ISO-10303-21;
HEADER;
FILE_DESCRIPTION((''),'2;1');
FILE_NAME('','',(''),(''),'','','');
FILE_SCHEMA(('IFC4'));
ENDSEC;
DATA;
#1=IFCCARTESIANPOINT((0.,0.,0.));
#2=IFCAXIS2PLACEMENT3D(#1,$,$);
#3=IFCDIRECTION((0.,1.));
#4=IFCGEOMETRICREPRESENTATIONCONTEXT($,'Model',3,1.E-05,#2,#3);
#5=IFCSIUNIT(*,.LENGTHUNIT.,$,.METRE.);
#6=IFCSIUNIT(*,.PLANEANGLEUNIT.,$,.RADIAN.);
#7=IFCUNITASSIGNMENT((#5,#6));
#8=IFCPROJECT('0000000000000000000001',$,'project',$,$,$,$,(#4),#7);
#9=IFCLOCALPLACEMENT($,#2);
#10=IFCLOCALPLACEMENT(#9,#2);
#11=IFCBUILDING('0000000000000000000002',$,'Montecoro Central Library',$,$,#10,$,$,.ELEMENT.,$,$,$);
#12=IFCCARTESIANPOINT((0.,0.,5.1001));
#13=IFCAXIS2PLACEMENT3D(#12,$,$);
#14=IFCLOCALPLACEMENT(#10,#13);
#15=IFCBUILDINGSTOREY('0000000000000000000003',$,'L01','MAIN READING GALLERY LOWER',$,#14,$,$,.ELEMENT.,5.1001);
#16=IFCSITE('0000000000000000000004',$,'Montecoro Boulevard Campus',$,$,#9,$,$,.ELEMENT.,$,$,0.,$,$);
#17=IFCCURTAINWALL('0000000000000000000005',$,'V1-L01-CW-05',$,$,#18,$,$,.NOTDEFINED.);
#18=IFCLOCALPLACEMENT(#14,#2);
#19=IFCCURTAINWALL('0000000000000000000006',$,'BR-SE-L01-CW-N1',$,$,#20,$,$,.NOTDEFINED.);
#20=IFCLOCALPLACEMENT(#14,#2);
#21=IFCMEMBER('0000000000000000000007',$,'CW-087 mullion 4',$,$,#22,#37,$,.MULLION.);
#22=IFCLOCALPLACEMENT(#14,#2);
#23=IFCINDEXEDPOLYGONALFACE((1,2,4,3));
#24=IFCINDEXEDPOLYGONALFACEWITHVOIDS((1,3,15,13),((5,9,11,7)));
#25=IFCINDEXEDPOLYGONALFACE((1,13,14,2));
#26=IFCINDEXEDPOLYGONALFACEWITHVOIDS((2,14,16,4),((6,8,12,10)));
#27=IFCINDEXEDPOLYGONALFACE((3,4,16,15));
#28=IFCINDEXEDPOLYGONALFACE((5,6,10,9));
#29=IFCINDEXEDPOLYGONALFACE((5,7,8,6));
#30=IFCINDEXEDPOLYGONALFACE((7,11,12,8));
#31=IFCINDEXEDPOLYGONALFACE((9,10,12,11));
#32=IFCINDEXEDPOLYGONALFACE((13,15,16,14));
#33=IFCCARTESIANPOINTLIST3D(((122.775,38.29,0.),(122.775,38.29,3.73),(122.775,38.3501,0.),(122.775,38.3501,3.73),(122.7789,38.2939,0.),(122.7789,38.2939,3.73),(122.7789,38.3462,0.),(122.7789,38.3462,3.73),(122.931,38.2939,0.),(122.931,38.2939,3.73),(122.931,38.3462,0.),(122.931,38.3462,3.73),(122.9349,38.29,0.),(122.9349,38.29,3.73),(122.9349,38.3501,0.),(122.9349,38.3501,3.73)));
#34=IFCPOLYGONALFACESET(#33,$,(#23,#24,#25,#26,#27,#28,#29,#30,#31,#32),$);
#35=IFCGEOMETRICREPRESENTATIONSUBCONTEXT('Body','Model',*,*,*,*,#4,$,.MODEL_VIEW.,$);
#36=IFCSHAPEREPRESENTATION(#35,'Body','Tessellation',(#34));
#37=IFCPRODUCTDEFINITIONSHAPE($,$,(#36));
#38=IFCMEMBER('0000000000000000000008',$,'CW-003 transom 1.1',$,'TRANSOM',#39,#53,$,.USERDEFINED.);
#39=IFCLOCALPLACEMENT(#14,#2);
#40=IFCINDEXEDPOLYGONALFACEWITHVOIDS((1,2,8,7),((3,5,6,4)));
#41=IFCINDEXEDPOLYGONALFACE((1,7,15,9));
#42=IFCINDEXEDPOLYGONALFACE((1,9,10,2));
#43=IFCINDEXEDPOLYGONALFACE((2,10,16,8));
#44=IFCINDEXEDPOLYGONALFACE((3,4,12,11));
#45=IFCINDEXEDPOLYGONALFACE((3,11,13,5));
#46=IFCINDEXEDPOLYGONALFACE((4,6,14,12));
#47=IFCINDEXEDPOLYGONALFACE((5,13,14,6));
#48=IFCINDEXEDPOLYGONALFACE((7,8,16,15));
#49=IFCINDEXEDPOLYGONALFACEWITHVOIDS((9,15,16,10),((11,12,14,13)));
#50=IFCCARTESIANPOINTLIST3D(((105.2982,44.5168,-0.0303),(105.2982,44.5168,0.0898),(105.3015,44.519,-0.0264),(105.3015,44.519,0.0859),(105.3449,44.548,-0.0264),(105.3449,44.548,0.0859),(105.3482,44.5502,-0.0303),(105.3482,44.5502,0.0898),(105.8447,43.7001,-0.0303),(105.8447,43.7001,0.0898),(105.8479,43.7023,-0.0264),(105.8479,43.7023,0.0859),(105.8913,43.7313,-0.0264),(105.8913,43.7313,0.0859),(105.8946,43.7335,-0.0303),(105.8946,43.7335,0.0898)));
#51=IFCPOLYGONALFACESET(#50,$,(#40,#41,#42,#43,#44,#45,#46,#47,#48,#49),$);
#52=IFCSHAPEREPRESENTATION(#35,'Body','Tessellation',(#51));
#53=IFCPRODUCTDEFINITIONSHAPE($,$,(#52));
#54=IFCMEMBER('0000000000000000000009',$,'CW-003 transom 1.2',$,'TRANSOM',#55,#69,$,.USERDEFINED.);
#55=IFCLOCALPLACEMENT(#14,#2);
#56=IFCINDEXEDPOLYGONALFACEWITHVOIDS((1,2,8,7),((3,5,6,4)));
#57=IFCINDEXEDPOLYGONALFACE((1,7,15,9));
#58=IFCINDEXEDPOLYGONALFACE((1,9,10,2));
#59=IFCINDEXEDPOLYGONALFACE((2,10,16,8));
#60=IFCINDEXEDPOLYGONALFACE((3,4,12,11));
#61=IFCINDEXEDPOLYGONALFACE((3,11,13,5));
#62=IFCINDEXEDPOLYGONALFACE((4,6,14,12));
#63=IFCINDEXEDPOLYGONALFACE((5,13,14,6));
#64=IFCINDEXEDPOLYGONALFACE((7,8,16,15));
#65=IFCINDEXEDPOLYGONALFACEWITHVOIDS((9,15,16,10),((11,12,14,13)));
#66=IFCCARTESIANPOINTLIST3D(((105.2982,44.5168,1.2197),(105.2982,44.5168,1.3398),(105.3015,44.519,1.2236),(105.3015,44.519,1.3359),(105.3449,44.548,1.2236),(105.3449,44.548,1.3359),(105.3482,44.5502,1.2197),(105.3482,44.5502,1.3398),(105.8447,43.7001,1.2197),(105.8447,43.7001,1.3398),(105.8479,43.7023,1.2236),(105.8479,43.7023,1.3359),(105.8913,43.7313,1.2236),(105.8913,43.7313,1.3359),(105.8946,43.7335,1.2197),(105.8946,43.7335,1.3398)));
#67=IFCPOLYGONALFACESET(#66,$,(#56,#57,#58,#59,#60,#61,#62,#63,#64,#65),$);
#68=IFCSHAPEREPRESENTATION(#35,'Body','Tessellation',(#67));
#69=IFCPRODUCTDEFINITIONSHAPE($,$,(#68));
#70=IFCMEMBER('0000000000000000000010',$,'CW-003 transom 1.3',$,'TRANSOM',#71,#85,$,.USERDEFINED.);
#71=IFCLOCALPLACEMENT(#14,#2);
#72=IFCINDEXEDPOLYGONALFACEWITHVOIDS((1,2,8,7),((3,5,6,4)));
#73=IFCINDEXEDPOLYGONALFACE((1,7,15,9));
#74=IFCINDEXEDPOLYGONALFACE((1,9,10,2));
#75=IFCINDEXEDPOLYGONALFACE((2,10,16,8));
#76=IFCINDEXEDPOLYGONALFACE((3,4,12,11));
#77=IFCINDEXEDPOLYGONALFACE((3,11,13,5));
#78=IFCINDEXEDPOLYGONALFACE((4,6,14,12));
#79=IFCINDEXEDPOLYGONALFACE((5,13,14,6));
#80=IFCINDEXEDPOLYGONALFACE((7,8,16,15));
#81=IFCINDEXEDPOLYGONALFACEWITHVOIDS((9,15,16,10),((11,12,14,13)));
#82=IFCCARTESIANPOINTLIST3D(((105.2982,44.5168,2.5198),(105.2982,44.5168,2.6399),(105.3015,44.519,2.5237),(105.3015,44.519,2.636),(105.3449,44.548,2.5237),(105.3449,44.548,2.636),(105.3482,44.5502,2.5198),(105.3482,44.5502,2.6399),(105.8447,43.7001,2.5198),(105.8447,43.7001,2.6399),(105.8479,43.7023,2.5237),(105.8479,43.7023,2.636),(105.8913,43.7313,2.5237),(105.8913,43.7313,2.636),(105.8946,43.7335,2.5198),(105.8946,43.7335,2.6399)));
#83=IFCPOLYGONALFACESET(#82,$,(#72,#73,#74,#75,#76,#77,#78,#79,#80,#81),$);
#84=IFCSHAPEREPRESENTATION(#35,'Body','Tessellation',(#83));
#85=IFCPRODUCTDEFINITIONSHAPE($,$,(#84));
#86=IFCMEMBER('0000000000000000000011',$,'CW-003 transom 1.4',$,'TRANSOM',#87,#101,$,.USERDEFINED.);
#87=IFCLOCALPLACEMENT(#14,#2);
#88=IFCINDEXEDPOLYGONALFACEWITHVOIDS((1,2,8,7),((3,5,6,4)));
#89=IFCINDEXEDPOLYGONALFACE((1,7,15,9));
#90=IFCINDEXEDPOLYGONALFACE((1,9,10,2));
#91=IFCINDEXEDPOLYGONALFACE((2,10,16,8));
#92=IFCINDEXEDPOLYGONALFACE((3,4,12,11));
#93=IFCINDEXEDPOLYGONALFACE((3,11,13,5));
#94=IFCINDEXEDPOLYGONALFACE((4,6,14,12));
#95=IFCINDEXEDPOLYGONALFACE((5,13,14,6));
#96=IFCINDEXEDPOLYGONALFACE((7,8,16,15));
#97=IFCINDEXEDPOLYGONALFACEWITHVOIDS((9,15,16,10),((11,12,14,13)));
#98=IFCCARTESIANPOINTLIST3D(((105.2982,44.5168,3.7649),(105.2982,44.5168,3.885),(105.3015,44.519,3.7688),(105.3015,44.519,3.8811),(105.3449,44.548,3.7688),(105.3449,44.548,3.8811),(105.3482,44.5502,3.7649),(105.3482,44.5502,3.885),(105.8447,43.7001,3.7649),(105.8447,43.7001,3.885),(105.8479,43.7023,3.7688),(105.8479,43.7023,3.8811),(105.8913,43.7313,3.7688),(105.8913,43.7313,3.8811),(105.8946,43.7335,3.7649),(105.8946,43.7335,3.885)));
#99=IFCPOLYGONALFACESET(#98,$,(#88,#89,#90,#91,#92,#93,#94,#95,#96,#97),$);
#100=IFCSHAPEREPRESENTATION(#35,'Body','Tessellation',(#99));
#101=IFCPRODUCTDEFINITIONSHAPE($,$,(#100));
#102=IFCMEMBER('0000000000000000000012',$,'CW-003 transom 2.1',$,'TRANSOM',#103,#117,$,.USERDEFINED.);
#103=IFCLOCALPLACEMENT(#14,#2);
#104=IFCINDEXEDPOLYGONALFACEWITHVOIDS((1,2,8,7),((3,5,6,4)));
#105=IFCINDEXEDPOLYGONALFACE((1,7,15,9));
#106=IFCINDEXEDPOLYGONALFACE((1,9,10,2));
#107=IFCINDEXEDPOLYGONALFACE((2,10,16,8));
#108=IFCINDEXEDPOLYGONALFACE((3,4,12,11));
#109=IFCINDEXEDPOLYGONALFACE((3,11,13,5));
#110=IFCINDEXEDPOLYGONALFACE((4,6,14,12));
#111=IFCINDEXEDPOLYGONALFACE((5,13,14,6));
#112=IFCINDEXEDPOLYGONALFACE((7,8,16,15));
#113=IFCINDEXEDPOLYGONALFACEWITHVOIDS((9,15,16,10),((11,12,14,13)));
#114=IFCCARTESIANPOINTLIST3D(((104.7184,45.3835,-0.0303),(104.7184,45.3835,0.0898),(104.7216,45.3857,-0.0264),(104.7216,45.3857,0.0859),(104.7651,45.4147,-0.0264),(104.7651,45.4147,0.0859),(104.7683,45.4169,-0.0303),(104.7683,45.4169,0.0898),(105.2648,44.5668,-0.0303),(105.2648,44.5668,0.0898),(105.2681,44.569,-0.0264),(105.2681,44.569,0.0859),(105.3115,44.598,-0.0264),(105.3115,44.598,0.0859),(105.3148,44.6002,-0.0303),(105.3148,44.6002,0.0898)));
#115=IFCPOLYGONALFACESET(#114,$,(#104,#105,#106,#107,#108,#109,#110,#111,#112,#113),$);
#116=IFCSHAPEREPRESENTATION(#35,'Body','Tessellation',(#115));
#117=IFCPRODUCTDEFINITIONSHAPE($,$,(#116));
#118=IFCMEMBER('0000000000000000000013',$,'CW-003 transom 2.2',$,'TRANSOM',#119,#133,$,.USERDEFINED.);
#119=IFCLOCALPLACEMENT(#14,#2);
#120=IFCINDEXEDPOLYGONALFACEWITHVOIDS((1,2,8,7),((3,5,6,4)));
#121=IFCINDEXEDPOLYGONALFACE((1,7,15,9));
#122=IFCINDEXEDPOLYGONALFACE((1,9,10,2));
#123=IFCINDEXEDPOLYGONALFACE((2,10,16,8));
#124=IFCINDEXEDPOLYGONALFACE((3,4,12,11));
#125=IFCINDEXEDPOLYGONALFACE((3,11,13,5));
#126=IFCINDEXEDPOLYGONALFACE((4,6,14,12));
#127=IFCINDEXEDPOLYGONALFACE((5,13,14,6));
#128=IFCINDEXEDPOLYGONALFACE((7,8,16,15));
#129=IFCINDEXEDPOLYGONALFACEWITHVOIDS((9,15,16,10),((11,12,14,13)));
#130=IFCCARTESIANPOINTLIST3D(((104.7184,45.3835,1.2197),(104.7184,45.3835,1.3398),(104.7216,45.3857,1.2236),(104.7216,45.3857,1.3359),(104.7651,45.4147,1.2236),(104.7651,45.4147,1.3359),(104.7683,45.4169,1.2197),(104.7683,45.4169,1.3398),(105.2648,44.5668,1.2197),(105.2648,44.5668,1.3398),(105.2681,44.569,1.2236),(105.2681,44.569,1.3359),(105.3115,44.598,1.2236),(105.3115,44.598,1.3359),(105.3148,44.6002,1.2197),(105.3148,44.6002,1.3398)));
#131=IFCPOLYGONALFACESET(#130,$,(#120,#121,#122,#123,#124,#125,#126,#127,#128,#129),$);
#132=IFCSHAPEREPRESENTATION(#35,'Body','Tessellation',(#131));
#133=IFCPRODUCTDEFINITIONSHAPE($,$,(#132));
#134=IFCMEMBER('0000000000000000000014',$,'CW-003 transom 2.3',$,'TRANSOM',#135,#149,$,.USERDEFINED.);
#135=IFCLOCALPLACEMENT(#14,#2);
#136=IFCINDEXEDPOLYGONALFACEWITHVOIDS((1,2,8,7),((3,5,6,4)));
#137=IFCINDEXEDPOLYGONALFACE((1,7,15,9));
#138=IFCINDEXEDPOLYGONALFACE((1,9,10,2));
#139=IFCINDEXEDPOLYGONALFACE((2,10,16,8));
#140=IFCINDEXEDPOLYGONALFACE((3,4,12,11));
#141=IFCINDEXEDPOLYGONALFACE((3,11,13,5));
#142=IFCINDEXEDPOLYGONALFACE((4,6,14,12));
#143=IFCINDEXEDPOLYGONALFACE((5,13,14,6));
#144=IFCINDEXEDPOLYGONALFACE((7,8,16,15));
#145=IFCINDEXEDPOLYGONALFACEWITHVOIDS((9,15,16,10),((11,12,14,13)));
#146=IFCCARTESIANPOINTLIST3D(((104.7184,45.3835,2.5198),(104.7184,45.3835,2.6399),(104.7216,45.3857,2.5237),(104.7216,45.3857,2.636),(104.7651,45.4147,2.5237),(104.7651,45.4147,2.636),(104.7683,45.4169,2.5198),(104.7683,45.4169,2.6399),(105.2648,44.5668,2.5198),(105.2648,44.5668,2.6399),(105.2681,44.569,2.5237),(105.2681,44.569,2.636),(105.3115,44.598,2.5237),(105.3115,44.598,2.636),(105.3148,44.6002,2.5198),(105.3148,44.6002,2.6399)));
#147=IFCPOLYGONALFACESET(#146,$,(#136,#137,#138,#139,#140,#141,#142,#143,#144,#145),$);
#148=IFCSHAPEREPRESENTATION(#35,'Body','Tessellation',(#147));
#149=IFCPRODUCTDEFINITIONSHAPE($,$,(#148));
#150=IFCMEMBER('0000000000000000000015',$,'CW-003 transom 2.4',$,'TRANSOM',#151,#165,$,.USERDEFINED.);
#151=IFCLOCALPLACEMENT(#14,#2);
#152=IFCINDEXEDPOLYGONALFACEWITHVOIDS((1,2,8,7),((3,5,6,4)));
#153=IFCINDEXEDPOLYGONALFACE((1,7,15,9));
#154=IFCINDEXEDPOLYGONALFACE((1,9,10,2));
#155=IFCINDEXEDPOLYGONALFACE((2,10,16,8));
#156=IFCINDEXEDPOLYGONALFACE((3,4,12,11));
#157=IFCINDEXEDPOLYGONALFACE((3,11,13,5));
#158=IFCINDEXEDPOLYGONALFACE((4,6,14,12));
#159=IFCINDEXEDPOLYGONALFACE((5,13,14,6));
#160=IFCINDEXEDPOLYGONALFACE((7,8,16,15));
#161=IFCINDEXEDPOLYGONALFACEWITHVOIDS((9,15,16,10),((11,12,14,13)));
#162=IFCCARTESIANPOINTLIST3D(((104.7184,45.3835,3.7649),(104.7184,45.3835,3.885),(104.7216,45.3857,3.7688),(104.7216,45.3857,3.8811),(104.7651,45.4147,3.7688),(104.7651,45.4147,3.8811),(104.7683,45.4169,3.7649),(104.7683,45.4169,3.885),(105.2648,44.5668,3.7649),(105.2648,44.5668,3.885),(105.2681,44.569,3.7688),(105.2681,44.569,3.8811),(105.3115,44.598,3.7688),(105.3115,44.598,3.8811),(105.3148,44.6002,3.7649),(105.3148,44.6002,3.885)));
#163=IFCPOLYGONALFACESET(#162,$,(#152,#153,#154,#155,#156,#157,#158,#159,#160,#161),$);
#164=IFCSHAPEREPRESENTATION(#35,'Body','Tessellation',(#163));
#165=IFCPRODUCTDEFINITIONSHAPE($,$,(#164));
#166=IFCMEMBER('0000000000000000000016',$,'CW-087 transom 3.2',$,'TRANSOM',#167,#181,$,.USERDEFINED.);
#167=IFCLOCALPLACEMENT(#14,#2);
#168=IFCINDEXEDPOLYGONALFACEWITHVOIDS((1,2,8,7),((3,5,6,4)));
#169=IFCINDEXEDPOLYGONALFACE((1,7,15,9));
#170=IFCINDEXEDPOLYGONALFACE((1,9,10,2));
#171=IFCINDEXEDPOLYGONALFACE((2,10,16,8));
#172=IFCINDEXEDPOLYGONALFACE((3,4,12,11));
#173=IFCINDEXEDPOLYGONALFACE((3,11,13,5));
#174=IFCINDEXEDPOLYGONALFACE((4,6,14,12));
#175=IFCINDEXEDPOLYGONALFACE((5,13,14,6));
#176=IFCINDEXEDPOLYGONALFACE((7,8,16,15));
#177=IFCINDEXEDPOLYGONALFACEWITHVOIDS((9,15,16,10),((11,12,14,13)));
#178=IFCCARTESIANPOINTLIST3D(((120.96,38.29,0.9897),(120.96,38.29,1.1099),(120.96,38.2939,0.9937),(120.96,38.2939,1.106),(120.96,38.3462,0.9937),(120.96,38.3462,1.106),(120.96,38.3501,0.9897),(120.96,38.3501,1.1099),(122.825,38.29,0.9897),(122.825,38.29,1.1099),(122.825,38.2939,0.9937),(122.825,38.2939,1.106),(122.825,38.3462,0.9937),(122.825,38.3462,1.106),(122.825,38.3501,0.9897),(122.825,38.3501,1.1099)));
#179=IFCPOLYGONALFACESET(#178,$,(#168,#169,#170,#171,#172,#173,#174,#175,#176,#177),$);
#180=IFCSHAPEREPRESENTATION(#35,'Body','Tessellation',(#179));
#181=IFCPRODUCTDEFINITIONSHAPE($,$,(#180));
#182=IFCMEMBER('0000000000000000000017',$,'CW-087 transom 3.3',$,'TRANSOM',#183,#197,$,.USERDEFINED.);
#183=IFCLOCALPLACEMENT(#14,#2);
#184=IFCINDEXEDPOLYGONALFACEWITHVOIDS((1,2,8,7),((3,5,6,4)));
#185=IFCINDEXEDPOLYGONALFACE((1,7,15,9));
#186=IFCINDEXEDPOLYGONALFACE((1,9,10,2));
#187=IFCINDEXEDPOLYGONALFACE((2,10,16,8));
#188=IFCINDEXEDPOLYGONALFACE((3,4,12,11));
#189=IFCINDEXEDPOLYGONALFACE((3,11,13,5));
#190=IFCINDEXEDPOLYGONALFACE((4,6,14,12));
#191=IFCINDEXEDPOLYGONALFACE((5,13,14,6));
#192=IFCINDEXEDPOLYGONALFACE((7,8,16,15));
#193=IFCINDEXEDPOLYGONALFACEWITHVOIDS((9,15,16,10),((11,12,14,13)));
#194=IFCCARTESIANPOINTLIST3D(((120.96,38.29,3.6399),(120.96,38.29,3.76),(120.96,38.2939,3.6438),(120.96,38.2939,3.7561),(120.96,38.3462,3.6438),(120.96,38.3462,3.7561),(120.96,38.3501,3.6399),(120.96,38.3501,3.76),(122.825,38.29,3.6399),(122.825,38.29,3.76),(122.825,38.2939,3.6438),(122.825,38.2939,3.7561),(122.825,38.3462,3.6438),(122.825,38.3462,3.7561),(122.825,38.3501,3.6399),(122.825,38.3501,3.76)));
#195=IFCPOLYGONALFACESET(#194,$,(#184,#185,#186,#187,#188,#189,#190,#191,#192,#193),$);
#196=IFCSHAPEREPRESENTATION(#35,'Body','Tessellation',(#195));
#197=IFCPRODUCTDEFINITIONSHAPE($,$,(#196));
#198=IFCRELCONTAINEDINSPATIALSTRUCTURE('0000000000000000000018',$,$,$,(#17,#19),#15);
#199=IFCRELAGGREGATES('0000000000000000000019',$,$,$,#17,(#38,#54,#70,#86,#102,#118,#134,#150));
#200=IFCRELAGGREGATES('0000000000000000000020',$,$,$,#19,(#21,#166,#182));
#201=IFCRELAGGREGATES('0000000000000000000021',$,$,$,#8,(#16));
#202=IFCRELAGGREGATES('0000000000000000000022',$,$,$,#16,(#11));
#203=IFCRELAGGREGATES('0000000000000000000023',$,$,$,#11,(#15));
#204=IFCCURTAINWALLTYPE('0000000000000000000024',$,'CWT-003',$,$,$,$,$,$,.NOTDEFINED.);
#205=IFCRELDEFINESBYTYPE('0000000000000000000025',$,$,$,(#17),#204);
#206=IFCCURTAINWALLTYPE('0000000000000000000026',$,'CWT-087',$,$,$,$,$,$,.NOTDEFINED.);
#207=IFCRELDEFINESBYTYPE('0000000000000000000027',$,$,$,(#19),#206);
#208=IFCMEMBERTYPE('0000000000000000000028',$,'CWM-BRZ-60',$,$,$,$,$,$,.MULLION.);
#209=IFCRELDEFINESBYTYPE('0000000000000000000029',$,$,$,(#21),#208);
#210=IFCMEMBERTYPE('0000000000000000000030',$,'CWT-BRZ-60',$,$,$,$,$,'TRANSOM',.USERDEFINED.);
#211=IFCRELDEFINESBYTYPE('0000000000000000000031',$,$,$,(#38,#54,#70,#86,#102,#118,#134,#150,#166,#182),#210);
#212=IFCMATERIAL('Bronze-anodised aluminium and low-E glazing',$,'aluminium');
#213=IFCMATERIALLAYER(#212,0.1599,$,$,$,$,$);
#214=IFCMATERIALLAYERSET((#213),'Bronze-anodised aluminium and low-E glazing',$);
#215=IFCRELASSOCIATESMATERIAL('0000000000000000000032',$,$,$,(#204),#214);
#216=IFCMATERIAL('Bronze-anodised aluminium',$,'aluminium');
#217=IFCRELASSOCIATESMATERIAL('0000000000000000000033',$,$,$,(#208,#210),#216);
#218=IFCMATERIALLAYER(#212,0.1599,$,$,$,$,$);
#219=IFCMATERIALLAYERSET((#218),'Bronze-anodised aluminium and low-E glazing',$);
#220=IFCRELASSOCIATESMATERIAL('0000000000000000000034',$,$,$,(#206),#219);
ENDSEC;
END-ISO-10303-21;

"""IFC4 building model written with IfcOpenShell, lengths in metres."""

from ifc_helpers import new_model, si_unit, direction, frame, origin, origin_2d, place, context, subcontext, project, spatial, hollow_rectangle, extrude, material, layer, layer_set, material_profile, profile_set, type_object, element, aggregate, save


model = new_model("IFC4")

# Units and contexts
model_context = context("Model", 3, precision=1e-05, world=origin(), true_north=direction((0.0, 1.0)))
body_context = subcontext(model_context, "Body", "Model", "MODEL_VIEW")
ifc_project = project(units=[si_unit("LENGTHUNIT", "METRE"), si_unit("PLANEANGLEUNIT", "RADIAN")], contexts=[model_context])

# Site, building, storey
site_placement = place(None, origin())
site = spatial("IfcSite", under=ifc_project, at=site_placement, Name="Montecoro Boulevard Campus", CompositionType="ELEMENT", RefElevation=0.0)
building_placement = place(site_placement, origin())
building = spatial("IfcBuilding", under=site, at=building_placement, Name="Montecoro Central Library", CompositionType="ELEMENT")
storey_placement = place(building_placement, frame((0.0, 0.0, 5.1001)))
storey = spatial("IfcBuildingStorey", under=building, at=storey_placement, Name="L01", Description="MAIN READING GALLERY LOWER", CompositionType="ELEMENT", Elevation=5.1001)

# Curtain wall
ifc_material_1 = material(Name="Bronze-anodised aluminium and low-E glazing", Category="aluminium")
ifc_layer_1 = layer(ifc_material_1, 0.1599)
ifc_layer_set_1 = layer_set([ifc_layer_1], Name="Bronze-anodised aluminium and low-E glazing")
curtain_wall_type_1 = type_object("IfcCurtainWallType", Name="CWT-003", PredefinedType="NOTDEFINED", material=ifc_layer_set_1)
curtain_wall_1_placement = place(storey_placement, origin())
curtain_wall_1 = element("IfcCurtainWall", 1, at=curtain_wall_1_placement, inside=storey, type_object=curtain_wall_type_1, Name="V1-L01-CW-05", PredefinedType="NOTDEFINED")
ifc_material_2 = material(Name="Bronze-anodised aluminium", Category="aluminium")
ifc_material_profile_1 = material_profile(ifc_material_2, hollow_rectangle(XDim=0.0601, YDim=0.1599, WallThickness=0.0039, at=origin_2d()), Name="CWM 160x60x4.0")
ifc_profile_set_1 = profile_set([ifc_material_profile_1], Name="Bronze-anodised aluminium")
member_type_1 = type_object("IfcMemberType", Name="CWM-BRZ-60", PredefinedType="MULLION", material=ifc_profile_set_1)

# Curtain wall, member
ifc_layer_2 = layer(ifc_material_1, 0.1599)
ifc_layer_set_2 = layer_set([ifc_layer_2], Name="Bronze-anodised aluminium and low-E glazing")
curtain_wall_type_2 = type_object("IfcCurtainWallType", Name="CWT-087", PredefinedType="NOTDEFINED", material=ifc_layer_set_2)
curtain_wall_2_placement = place(storey_placement, origin())
curtain_wall_2 = element("IfcCurtainWall", 2, at=curtain_wall_2_placement, inside=storey, type_object=curtain_wall_type_2, Name="BR-SE-L01-CW-N1", PredefinedType="NOTDEFINED")
member_1_placement = place(storey_placement, frame((122.855, 38.3201, 0.0), z_axis=(0.0, 0.0, 1.0), x_axis=(0.0, 1.0, 0.0)))
member_1 = element("IfcMember", 3, at=member_1_placement, type_object=member_type_1, Name="CW-087 mullion 4", PredefinedType="MULLION", context=body_context, shape_type="SweptSolid", body=[
    extrude(hollow_rectangle(XDim=0.0601, YDim=0.1599, WallThickness=0.0039, at=origin_2d()), origin(), (0.0, 0.0, 1.0), 3.73),
])

# Members
ifc_material_profile_2 = material_profile(ifc_material_2, hollow_rectangle(XDim=0.0601, YDim=0.1201, WallThickness=0.0039, at=origin_2d()), Name="CWT 120x60x4.0")
ifc_profile_set_2 = profile_set([ifc_material_profile_2], Name="Bronze-anodised aluminium")
member_type_2 = type_object("IfcMemberType", Name="CWT-BRZ-60", ElementType="TRANSOM", PredefinedType="USERDEFINED", material=ifc_profile_set_2)
member_2_placement = place(storey_placement, frame((105.8696, 43.7168, 0.0298), z_axis=(-0.556076, 0.831132, 0.0), x_axis=(-0.831132, -0.556076, 0.0)))
member_2 = element("IfcMember", 4, at=member_2_placement, type_object=member_type_2, Name="CW-003 transom 1.1", ObjectType="TRANSOM", PredefinedType="USERDEFINED", context=body_context, shape_type="SweptSolid", body=[
    extrude(hollow_rectangle(XDim=0.0601, YDim=0.1201, WallThickness=0.0039, at=origin_2d()), origin(), (0.0, 0.0, 1.0), 0.9827),
])
member_3_placement = place(storey_placement, frame((105.8696, 43.7168, 1.2798), z_axis=(-0.556076, 0.831132, 0.0), x_axis=(-0.831132, -0.556076, 0.0)))
member_3 = element("IfcMember", 5, at=member_3_placement, type_object=member_type_2, Name="CW-003 transom 1.2", ObjectType="TRANSOM", PredefinedType="USERDEFINED", context=body_context, shape_type="SweptSolid", body=[
    extrude(hollow_rectangle(XDim=0.0601, YDim=0.1201, WallThickness=0.0039, at=origin_2d()), origin(), (0.0, 0.0, 1.0), 0.9827),
])
member_4_placement = place(storey_placement, frame((105.8696, 43.7168, 2.5798), z_axis=(-0.556076, 0.831132, 0.0), x_axis=(-0.831132, -0.556076, 0.0)))
member_4 = element("IfcMember", 6, at=member_4_placement, type_object=member_type_2, Name="CW-003 transom 1.3", ObjectType="TRANSOM", PredefinedType="USERDEFINED", context=body_context, shape_type="SweptSolid", body=[
    extrude(hollow_rectangle(XDim=0.0601, YDim=0.1201, WallThickness=0.0039, at=origin_2d()), origin(), (0.0, 0.0, 1.0), 0.9827),
])
member_5_placement = place(storey_placement, frame((105.8696, 43.7168, 3.825), z_axis=(-0.556076, 0.831132, 0.0), x_axis=(-0.831132, -0.556076, 0.0)))
member_5 = element("IfcMember", 7, at=member_5_placement, type_object=member_type_2, Name="CW-003 transom 1.4", ObjectType="TRANSOM", PredefinedType="USERDEFINED", context=body_context, shape_type="SweptSolid", body=[
    extrude(hollow_rectangle(XDim=0.0601, YDim=0.1201, WallThickness=0.0039, at=origin_2d()), origin(), (0.0, 0.0, 1.0), 0.9827),
])
member_6_placement = place(storey_placement, frame((105.2898, 44.5835, 0.0298), z_axis=(-0.556076, 0.831132, 0.0), x_axis=(-0.831132, -0.556076, 0.0)))
member_6 = element("IfcMember", 8, at=member_6_placement, type_object=member_type_2, Name="CW-003 transom 2.1", ObjectType="TRANSOM", PredefinedType="USERDEFINED", context=body_context, shape_type="SweptSolid", body=[
    extrude(hollow_rectangle(XDim=0.0601, YDim=0.1201, WallThickness=0.0039, at=origin_2d()), origin(), (0.0, 0.0, 1.0), 0.9827),
])
member_7_placement = place(storey_placement, frame((105.2898, 44.5835, 1.2798), z_axis=(-0.556076, 0.831132, 0.0), x_axis=(-0.831132, -0.556076, 0.0)))
member_7 = element("IfcMember", 9, at=member_7_placement, type_object=member_type_2, Name="CW-003 transom 2.2", ObjectType="TRANSOM", PredefinedType="USERDEFINED", context=body_context, shape_type="SweptSolid", body=[
    extrude(hollow_rectangle(XDim=0.0601, YDim=0.1201, WallThickness=0.0039, at=origin_2d()), origin(), (0.0, 0.0, 1.0), 0.9827),
])
member_8_placement = place(storey_placement, frame((105.2898, 44.5835, 2.5798), z_axis=(-0.556076, 0.831132, 0.0), x_axis=(-0.831132, -0.556076, 0.0)))
member_8 = element("IfcMember", 10, at=member_8_placement, type_object=member_type_2, Name="CW-003 transom 2.3", ObjectType="TRANSOM", PredefinedType="USERDEFINED", context=body_context, shape_type="SweptSolid", body=[
    extrude(hollow_rectangle(XDim=0.0601, YDim=0.1201, WallThickness=0.0039, at=origin_2d()), origin(), (0.0, 0.0, 1.0), 0.9827),
])
member_9_placement = place(storey_placement, frame((105.2898, 44.5835, 3.825), z_axis=(-0.556076, 0.831132, 0.0), x_axis=(-0.831132, -0.556076, 0.0)))
member_9 = element("IfcMember", 11, at=member_9_placement, type_object=member_type_2, Name="CW-003 transom 2.4", ObjectType="TRANSOM", PredefinedType="USERDEFINED", context=body_context, shape_type="SweptSolid", body=[
    extrude(hollow_rectangle(XDim=0.0601, YDim=0.1201, WallThickness=0.0039, at=origin_2d()), origin(), (0.0, 0.0, 1.0), 0.9827),
])
member_10_placement = place(storey_placement, frame((120.96, 38.3201, 1.0498), z_axis=(1.0, 0.0, 0.0), x_axis=(0.0, 1.0, 0.0)))
member_10 = element("IfcMember", 12, at=member_10_placement, type_object=member_type_2, Name="CW-087 transom 3.2", ObjectType="TRANSOM", PredefinedType="USERDEFINED", context=body_context, shape_type="SweptSolid", body=[
    extrude(hollow_rectangle(XDim=0.0601, YDim=0.1201, WallThickness=0.0039, at=origin_2d()), origin(), (0.0, 0.0, 1.0), 1.865),
])
member_11_placement = place(storey_placement, frame((120.96, 38.3201, 3.7), z_axis=(1.0, 0.0, 0.0), x_axis=(0.0, 1.0, 0.0)))
member_11 = element("IfcMember", 13, at=member_11_placement, type_object=member_type_2, Name="CW-087 transom 3.3", ObjectType="TRANSOM", PredefinedType="USERDEFINED", context=body_context, shape_type="SweptSolid", body=[
    extrude(hollow_rectangle(XDim=0.0601, YDim=0.1201, WallThickness=0.0039, at=origin_2d()), origin(), (0.0, 0.0, 1.0), 1.865),
])

aggregate(curtain_wall_1, [member_2, member_3, member_4, member_5, member_6, member_7, member_8, member_9])
aggregate(curtain_wall_2, [member_1, member_10, member_11])

save(model, "model.ifc")
